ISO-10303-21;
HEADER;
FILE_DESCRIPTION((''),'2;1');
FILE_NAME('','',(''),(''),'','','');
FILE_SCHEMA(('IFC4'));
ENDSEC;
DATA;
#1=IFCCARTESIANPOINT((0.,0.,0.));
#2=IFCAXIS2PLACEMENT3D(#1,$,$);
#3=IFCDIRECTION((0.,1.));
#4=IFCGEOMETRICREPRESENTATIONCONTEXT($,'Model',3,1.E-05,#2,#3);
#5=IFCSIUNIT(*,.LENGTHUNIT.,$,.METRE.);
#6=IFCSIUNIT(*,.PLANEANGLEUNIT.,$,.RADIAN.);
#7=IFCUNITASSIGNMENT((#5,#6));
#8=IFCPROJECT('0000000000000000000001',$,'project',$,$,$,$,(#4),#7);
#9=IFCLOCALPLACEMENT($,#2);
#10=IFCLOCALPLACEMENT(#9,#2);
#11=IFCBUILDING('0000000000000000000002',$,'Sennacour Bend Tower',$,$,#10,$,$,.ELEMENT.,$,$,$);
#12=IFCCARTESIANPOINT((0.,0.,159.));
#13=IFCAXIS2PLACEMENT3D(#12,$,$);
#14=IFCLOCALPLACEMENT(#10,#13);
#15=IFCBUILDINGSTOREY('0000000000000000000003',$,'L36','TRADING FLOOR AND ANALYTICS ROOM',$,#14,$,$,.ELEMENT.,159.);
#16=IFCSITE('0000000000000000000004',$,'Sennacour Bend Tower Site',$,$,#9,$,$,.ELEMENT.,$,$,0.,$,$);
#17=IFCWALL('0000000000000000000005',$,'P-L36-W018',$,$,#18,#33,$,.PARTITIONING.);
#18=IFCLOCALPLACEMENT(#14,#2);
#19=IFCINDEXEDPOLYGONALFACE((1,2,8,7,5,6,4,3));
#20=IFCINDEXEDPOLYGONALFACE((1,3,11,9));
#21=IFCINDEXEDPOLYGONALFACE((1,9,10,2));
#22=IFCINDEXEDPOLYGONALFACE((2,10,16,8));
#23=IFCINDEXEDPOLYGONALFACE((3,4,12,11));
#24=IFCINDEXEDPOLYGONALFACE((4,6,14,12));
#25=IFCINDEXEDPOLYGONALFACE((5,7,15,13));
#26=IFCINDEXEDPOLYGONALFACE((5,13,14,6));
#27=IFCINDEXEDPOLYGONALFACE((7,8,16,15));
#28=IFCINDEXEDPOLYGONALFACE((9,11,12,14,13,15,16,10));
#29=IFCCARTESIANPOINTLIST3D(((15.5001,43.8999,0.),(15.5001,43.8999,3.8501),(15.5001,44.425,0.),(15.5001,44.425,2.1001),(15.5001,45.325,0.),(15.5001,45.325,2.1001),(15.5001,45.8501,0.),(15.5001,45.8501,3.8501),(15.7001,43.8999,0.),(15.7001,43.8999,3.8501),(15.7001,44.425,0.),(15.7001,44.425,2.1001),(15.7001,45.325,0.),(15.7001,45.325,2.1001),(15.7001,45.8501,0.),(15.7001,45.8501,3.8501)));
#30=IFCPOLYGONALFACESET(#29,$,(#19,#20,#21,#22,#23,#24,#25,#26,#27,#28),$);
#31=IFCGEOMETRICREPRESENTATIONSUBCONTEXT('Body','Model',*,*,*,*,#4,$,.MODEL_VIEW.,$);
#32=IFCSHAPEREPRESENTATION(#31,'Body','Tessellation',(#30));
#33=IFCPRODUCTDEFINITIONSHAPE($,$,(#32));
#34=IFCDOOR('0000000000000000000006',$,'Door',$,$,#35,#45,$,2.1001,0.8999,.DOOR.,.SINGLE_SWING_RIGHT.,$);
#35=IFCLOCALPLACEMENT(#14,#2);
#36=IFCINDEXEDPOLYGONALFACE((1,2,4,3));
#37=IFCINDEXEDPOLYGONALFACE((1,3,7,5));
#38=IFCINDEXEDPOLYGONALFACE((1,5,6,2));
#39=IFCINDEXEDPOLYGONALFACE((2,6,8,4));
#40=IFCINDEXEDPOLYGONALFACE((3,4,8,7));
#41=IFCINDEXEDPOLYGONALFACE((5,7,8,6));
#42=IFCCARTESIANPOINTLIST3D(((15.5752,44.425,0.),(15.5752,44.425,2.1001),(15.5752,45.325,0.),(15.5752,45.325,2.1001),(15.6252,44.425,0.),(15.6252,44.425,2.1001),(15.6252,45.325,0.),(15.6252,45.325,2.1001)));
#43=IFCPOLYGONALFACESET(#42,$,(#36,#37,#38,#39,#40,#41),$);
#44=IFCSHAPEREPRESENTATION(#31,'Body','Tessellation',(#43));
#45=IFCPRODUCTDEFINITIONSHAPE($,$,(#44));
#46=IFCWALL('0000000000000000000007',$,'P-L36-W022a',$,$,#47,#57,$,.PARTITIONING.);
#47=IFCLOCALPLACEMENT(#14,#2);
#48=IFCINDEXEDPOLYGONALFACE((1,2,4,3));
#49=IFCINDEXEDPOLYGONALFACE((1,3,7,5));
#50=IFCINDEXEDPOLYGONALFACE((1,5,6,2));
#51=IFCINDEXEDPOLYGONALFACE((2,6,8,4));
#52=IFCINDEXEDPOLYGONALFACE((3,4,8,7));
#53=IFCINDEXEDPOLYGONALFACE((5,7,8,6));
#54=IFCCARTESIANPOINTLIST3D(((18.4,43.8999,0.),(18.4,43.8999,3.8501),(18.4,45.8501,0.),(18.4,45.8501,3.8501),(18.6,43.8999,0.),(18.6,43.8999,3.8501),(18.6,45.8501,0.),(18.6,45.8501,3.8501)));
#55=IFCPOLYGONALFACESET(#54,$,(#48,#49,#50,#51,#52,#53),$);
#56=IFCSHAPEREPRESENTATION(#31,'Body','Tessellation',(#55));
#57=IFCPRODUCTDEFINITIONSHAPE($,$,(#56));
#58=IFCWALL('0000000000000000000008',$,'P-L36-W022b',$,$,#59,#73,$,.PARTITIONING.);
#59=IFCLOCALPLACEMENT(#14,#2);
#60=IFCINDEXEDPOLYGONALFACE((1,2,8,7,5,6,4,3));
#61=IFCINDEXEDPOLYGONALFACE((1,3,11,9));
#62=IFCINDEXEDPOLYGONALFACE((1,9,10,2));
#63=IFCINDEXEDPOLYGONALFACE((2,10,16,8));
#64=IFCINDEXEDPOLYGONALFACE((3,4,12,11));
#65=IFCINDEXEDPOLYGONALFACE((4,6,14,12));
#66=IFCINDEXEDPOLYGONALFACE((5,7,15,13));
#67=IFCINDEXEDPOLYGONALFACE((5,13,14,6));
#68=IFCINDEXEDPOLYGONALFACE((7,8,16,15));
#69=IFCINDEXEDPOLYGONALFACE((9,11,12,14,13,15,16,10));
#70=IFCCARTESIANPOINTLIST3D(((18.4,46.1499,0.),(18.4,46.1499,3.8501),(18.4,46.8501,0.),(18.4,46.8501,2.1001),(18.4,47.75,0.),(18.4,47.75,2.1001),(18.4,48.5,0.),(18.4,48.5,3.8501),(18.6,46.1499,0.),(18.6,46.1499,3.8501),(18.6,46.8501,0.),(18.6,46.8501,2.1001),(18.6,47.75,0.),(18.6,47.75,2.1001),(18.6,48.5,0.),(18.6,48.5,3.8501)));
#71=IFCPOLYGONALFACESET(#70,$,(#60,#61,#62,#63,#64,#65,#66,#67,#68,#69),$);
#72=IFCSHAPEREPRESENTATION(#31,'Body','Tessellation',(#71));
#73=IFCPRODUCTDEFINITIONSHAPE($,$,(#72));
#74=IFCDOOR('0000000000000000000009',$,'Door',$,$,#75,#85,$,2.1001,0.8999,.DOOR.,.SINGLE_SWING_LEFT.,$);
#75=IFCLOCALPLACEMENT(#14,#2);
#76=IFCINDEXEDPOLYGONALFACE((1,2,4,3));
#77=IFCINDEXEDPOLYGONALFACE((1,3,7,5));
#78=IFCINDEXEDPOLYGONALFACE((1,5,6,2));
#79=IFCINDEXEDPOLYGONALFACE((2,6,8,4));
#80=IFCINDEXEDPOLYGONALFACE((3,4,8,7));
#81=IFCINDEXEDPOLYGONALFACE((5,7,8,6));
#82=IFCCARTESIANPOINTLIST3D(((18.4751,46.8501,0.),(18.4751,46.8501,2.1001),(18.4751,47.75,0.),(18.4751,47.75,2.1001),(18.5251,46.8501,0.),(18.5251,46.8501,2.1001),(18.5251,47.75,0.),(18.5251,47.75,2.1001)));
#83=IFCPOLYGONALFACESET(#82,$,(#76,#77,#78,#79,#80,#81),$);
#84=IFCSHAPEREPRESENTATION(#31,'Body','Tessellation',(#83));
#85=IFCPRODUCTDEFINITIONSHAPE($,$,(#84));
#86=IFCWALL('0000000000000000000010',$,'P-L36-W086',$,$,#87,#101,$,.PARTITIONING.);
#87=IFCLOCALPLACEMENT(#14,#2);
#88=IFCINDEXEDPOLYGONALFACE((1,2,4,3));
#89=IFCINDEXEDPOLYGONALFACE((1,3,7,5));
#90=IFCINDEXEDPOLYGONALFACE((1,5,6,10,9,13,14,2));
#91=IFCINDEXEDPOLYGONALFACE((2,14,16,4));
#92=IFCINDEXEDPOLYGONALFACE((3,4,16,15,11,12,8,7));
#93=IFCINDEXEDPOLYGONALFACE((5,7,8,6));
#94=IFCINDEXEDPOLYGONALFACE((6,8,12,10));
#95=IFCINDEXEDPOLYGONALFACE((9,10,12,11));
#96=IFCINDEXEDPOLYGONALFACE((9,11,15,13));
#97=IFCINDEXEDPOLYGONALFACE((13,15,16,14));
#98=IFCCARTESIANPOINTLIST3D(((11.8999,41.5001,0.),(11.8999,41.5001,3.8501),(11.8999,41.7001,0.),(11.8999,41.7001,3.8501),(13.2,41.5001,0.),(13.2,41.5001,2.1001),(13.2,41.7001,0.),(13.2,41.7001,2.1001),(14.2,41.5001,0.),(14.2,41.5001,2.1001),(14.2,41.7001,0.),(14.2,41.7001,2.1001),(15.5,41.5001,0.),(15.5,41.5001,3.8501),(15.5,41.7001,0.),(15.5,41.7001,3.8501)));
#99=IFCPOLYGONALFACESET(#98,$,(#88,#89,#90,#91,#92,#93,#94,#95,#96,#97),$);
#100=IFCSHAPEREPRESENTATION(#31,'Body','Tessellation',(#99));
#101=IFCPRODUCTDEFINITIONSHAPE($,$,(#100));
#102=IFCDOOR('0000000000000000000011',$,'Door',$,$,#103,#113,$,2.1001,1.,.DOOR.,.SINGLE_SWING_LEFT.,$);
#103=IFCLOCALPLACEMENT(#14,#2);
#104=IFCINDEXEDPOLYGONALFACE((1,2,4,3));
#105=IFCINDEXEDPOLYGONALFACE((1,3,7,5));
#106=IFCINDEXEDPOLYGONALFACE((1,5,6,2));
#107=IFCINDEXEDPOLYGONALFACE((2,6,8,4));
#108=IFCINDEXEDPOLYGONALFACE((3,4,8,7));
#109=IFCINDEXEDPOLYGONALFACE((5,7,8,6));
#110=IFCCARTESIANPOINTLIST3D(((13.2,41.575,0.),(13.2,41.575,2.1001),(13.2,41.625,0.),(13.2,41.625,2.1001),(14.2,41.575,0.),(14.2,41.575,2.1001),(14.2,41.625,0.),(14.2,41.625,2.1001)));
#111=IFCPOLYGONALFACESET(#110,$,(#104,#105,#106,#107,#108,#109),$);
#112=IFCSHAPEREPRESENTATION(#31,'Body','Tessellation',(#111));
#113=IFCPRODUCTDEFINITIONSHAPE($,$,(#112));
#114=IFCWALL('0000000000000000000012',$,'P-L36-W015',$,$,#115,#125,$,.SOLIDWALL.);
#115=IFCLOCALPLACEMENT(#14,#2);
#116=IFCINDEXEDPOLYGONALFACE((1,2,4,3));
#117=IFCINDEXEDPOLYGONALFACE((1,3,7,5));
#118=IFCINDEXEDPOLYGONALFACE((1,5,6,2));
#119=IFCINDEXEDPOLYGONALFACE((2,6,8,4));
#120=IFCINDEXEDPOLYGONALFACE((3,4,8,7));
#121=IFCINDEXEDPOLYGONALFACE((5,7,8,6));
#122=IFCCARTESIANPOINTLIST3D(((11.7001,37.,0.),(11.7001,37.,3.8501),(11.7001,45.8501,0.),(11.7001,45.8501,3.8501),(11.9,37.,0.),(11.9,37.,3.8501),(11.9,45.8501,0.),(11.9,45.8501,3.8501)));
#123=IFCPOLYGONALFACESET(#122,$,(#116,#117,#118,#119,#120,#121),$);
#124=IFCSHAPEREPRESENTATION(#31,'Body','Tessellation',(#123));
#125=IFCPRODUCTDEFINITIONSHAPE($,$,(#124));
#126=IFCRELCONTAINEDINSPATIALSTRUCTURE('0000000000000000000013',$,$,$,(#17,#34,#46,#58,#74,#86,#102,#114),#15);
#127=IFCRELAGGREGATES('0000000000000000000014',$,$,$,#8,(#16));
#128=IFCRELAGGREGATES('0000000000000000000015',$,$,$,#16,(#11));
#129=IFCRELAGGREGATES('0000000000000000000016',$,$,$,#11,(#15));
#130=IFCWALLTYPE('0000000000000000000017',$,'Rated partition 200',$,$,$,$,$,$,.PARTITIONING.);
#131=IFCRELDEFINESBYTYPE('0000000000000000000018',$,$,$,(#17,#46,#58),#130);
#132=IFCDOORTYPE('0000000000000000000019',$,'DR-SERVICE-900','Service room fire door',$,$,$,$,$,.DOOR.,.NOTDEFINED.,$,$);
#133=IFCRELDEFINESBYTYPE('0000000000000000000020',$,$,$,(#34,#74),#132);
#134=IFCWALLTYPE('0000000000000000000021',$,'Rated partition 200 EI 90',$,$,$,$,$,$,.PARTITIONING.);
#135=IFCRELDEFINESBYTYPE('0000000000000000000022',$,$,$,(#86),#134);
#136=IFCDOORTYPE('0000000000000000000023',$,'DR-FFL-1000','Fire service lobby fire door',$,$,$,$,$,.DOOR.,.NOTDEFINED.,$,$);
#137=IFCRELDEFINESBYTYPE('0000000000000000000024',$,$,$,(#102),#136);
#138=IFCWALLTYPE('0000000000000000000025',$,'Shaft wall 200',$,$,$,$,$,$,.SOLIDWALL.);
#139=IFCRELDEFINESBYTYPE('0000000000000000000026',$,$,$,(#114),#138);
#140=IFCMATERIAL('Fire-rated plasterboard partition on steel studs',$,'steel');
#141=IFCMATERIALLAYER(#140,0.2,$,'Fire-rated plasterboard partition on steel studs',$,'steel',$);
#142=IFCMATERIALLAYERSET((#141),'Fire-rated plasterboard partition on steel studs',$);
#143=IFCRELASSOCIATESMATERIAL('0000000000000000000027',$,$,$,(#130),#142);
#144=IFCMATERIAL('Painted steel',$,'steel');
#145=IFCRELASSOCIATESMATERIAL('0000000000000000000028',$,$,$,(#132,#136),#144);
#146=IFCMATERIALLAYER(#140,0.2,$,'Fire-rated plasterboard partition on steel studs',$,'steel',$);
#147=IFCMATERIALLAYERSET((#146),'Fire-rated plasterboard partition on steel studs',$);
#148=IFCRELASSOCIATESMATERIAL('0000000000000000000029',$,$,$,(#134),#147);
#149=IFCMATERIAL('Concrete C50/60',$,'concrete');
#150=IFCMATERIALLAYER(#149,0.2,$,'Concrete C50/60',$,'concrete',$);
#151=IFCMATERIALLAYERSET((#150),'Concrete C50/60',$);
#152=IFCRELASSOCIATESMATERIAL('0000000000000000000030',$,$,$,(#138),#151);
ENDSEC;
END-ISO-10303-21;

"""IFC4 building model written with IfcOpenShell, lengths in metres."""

from ifc_helpers import new_model, si_unit, direction, frame, frame_2d, origin, place, context, subcontext, project, spatial, rectangle, extrude, material, layer, layer_set, type_object, element, fill, save


model = new_model("IFC4")

# Units and contexts
model_context = context("Model", 3, precision=1e-05, world=origin(), true_north=direction((0.0, 1.0)))
body_context = subcontext(model_context, "Body", "Model", "MODEL_VIEW")
ifc_project = project(units=[si_unit("LENGTHUNIT", "METRE"), si_unit("PLANEANGLEUNIT", "RADIAN")], contexts=[model_context])

# Site, building, storey
site_placement = place(None, origin())
site = spatial("IfcSite", under=ifc_project, at=site_placement, Name="Sennacour Bend Tower Site", CompositionType="ELEMENT", RefElevation=0.0)
building_placement = place(site_placement, origin())
building = spatial("IfcBuilding", under=site, at=building_placement, Name="Sennacour Bend Tower", CompositionType="ELEMENT")
storey_placement = place(building_placement, frame((0.0, 0.0, 159.0)))
storey = spatial("IfcBuildingStorey", under=building, at=storey_placement, Name="L36", Description="TRADING FLOOR AND ANALYTICS ROOM", CompositionType="ELEMENT", Elevation=159.0)

# Wall, opening, door
ifc_material_1 = material(Name="Fire-rated plasterboard partition on steel studs", Category="steel")
ifc_layer_1 = layer(ifc_material_1, 0.2, Name="Fire-rated plasterboard partition on steel studs", Category="steel")
ifc_layer_set_1 = layer_set([ifc_layer_1], Name="Fire-rated plasterboard partition on steel studs")
wall_type_1 = type_object("IfcWallType", Name="Rated partition 200", PredefinedType="PARTITIONING", material=ifc_layer_set_1)
wall_1_placement = place(storey_placement, frame((15.6001, 43.8999, 0.0), z_axis=(0.0, 0.0, 1.0), x_axis=(0.0, 1.0, 0.0)))
wall_1 = element("IfcWall", 1, at=wall_1_placement, inside=storey, type_object=wall_type_1, Name="P-L36-W018", PredefinedType="PARTITIONING", context=body_context, shape_type="SweptSolid", body=[
    extrude(rectangle(XDim=1.9502, YDim=0.2, at=frame_2d((0.9751, 0.0))), origin(), (0.0, 0.0, 1.0), 3.8501),
])
opening_1_placement = place(wall_1_placement, frame((0.5251, 0.0, 0.0)))
opening_1 = element("IfcOpeningElement", 2, at=opening_1_placement, cuts=wall_1, PredefinedType="OPENING", context=body_context, shape_type="SweptSolid", body=[
    extrude(rectangle(XDim=0.8999, YDim=2.1001, at=frame_2d((0.45, 1.05))), frame((0.0, 0.1099, 0.0), z_axis=(0.0, -1.0, 0.0), x_axis=(1.0, 0.0, 0.0)), (0.0, 0.0, 1.0), 0.22),
])
ifc_material_2 = material(Name="Painted steel", Category="steel")
door_type_1 = type_object("IfcDoorType", Name="DR-SERVICE-900", Description="Service room fire door", OperationType="NOTDEFINED", PredefinedType="DOOR", material=ifc_material_2)
door_1_placement = place(opening_1_placement, origin())
door_1 = element("IfcDoor", 3, at=door_1_placement, inside=storey, type_object=door_type_1, Name="Door", OperationType="SINGLE_SWING_RIGHT", OverallHeight=2.1001, OverallWidth=0.8999, PredefinedType="DOOR", context=body_context, shape_type="SweptSolid", body=[
    extrude(rectangle(XDim=0.8999, YDim=2.1001, at=frame_2d((0.45, 1.05))), frame((0.0, 0.0249, 0.0), z_axis=(0.0, -1.0, 0.0), x_axis=(1.0, 0.0, 0.0)), (0.0, 0.0, 1.0), 0.05),
])
fill(opening_1, door_1)

# Wall
wall_2_placement = place(storey_placement, frame((18.5, 43.8999, 0.0), z_axis=(0.0, 0.0, 1.0), x_axis=(0.0, 1.0, 0.0)))
element("IfcWall", 4, at=wall_2_placement, inside=storey, type_object=wall_type_1, Name="P-L36-W022a", PredefinedType="PARTITIONING", context=body_context, shape_type="SweptSolid", body=[
    extrude(rectangle(XDim=1.9502, YDim=0.2, at=frame_2d((0.9751, 0.0))), origin(), (0.0, 0.0, 1.0), 3.8501),
])

# Walls, openings, doors
wall_3_placement = place(storey_placement, frame((18.5, 46.1499, 0.0), z_axis=(0.0, 0.0, 1.0), x_axis=(0.0, 1.0, 0.0)))
wall_3 = element("IfcWall", 5, at=wall_3_placement, inside=storey, type_object=wall_type_1, Name="P-L36-W022b", PredefinedType="PARTITIONING", context=body_context, shape_type="SweptSolid", body=[
    extrude(rectangle(XDim=2.3501, YDim=0.2, at=frame_2d((1.175, 0.0))), origin(), (0.0, 0.0, 1.0), 3.8501),
])
opening_2_placement = place(wall_3_placement, frame((0.7002, 0.0, 0.0)))
opening_2 = element("IfcOpeningElement", 6, at=opening_2_placement, cuts=wall_3, PredefinedType="OPENING", context=body_context, shape_type="SweptSolid", body=[
    extrude(rectangle(XDim=0.8999, YDim=2.1001, at=frame_2d((0.45, 1.05))), frame((0.0, 0.1099, 0.0), z_axis=(0.0, -1.0, 0.0), x_axis=(1.0, 0.0, 0.0)), (0.0, 0.0, 1.0), 0.22),
])
door_2_placement = place(opening_2_placement, origin())
door_2 = element("IfcDoor", 7, at=door_2_placement, inside=storey, type_object=door_type_1, Name="Door", OperationType="SINGLE_SWING_LEFT", OverallHeight=2.1001, OverallWidth=0.8999, PredefinedType="DOOR", context=body_context, shape_type="SweptSolid", body=[
    extrude(rectangle(XDim=0.8999, YDim=2.1001, at=frame_2d((0.45, 1.05))), frame((0.0, 0.0249, 0.0), z_axis=(0.0, -1.0, 0.0), x_axis=(1.0, 0.0, 0.0)), (0.0, 0.0, 1.0), 0.05),
])
fill(opening_2, door_2)
ifc_layer_2 = layer(ifc_material_1, 0.2, Name="Fire-rated plasterboard partition on steel studs", Category="steel")
ifc_layer_set_2 = layer_set([ifc_layer_2], Name="Fire-rated plasterboard partition on steel studs")
wall_type_2 = type_object("IfcWallType", Name="Rated partition 200 EI 90", PredefinedType="PARTITIONING", material=ifc_layer_set_2)
wall_4_placement = place(storey_placement, frame((11.8999, 41.6001, 0.0), z_axis=(0.0, 0.0, 1.0), x_axis=(1.0, 0.0, 0.0)))
wall_4 = element("IfcWall", 8, at=wall_4_placement, inside=storey, type_object=wall_type_2, Name="P-L36-W086", PredefinedType="PARTITIONING", context=body_context, shape_type="SweptSolid", body=[
    extrude(rectangle(XDim=3.6001, YDim=0.2, at=frame_2d((1.8, 0.0))), origin(), (0.0, 0.0, 1.0), 3.8501),
])
opening_3_placement = place(wall_4_placement, frame((1.3, 0.0, 0.0)))
opening_3 = element("IfcOpeningElement", 9, at=opening_3_placement, cuts=wall_4, PredefinedType="OPENING", context=body_context, shape_type="SweptSolid", body=[
    extrude(rectangle(XDim=1.0, YDim=2.1001, at=frame_2d((0.5, 1.05))), frame((0.0, 0.1099, 0.0), z_axis=(0.0, -1.0, 0.0), x_axis=(1.0, 0.0, 0.0)), (0.0, 0.0, 1.0), 0.22),
])
door_type_2 = type_object("IfcDoorType", Name="DR-FFL-1000", Description="Fire service lobby fire door", OperationType="NOTDEFINED", PredefinedType="DOOR", material=ifc_material_2)
door_3_placement = place(opening_3_placement, origin())
door_3 = element("IfcDoor", 10, at=door_3_placement, inside=storey, type_object=door_type_2, Name="Door", OperationType="SINGLE_SWING_LEFT", OverallHeight=2.1001, OverallWidth=1.0, PredefinedType="DOOR", context=body_context, shape_type="SweptSolid", body=[
    extrude(rectangle(XDim=1.0, YDim=2.1001, at=frame_2d((0.5, 1.05))), frame((0.0, 0.0249, 0.0), z_axis=(0.0, -1.0, 0.0), x_axis=(1.0, 0.0, 0.0)), (0.0, 0.0, 1.0), 0.05),
])
fill(opening_3, door_3)

# Wall
ifc_material_3 = material(Name="Concrete C50/60", Category="concrete")
ifc_layer_3 = layer(ifc_material_3, 0.2, Name="Concrete C50/60", Category="concrete")
ifc_layer_set_3 = layer_set([ifc_layer_3], Name="Concrete C50/60")
wall_type_3 = type_object("IfcWallType", Name="Shaft wall 200", PredefinedType="SOLIDWALL", material=ifc_layer_set_3)
wall_5_placement = place(storey_placement, frame((11.8, 37.0, 0.0), z_axis=(0.0, 0.0, 1.0), x_axis=(0.0, 1.0, 0.0)))
element("IfcWall", 11, at=wall_5_placement, inside=storey, type_object=wall_type_3, Name="P-L36-W015", PredefinedType="SOLIDWALL", context=body_context, shape_type="SweptSolid", body=[
    extrude(rectangle(XDim=8.8501, YDim=0.2, at=frame_2d((4.425, 0.0))), origin(), (0.0, 0.0, 1.0), 3.8501),
])

save(model, "model.ifc")
